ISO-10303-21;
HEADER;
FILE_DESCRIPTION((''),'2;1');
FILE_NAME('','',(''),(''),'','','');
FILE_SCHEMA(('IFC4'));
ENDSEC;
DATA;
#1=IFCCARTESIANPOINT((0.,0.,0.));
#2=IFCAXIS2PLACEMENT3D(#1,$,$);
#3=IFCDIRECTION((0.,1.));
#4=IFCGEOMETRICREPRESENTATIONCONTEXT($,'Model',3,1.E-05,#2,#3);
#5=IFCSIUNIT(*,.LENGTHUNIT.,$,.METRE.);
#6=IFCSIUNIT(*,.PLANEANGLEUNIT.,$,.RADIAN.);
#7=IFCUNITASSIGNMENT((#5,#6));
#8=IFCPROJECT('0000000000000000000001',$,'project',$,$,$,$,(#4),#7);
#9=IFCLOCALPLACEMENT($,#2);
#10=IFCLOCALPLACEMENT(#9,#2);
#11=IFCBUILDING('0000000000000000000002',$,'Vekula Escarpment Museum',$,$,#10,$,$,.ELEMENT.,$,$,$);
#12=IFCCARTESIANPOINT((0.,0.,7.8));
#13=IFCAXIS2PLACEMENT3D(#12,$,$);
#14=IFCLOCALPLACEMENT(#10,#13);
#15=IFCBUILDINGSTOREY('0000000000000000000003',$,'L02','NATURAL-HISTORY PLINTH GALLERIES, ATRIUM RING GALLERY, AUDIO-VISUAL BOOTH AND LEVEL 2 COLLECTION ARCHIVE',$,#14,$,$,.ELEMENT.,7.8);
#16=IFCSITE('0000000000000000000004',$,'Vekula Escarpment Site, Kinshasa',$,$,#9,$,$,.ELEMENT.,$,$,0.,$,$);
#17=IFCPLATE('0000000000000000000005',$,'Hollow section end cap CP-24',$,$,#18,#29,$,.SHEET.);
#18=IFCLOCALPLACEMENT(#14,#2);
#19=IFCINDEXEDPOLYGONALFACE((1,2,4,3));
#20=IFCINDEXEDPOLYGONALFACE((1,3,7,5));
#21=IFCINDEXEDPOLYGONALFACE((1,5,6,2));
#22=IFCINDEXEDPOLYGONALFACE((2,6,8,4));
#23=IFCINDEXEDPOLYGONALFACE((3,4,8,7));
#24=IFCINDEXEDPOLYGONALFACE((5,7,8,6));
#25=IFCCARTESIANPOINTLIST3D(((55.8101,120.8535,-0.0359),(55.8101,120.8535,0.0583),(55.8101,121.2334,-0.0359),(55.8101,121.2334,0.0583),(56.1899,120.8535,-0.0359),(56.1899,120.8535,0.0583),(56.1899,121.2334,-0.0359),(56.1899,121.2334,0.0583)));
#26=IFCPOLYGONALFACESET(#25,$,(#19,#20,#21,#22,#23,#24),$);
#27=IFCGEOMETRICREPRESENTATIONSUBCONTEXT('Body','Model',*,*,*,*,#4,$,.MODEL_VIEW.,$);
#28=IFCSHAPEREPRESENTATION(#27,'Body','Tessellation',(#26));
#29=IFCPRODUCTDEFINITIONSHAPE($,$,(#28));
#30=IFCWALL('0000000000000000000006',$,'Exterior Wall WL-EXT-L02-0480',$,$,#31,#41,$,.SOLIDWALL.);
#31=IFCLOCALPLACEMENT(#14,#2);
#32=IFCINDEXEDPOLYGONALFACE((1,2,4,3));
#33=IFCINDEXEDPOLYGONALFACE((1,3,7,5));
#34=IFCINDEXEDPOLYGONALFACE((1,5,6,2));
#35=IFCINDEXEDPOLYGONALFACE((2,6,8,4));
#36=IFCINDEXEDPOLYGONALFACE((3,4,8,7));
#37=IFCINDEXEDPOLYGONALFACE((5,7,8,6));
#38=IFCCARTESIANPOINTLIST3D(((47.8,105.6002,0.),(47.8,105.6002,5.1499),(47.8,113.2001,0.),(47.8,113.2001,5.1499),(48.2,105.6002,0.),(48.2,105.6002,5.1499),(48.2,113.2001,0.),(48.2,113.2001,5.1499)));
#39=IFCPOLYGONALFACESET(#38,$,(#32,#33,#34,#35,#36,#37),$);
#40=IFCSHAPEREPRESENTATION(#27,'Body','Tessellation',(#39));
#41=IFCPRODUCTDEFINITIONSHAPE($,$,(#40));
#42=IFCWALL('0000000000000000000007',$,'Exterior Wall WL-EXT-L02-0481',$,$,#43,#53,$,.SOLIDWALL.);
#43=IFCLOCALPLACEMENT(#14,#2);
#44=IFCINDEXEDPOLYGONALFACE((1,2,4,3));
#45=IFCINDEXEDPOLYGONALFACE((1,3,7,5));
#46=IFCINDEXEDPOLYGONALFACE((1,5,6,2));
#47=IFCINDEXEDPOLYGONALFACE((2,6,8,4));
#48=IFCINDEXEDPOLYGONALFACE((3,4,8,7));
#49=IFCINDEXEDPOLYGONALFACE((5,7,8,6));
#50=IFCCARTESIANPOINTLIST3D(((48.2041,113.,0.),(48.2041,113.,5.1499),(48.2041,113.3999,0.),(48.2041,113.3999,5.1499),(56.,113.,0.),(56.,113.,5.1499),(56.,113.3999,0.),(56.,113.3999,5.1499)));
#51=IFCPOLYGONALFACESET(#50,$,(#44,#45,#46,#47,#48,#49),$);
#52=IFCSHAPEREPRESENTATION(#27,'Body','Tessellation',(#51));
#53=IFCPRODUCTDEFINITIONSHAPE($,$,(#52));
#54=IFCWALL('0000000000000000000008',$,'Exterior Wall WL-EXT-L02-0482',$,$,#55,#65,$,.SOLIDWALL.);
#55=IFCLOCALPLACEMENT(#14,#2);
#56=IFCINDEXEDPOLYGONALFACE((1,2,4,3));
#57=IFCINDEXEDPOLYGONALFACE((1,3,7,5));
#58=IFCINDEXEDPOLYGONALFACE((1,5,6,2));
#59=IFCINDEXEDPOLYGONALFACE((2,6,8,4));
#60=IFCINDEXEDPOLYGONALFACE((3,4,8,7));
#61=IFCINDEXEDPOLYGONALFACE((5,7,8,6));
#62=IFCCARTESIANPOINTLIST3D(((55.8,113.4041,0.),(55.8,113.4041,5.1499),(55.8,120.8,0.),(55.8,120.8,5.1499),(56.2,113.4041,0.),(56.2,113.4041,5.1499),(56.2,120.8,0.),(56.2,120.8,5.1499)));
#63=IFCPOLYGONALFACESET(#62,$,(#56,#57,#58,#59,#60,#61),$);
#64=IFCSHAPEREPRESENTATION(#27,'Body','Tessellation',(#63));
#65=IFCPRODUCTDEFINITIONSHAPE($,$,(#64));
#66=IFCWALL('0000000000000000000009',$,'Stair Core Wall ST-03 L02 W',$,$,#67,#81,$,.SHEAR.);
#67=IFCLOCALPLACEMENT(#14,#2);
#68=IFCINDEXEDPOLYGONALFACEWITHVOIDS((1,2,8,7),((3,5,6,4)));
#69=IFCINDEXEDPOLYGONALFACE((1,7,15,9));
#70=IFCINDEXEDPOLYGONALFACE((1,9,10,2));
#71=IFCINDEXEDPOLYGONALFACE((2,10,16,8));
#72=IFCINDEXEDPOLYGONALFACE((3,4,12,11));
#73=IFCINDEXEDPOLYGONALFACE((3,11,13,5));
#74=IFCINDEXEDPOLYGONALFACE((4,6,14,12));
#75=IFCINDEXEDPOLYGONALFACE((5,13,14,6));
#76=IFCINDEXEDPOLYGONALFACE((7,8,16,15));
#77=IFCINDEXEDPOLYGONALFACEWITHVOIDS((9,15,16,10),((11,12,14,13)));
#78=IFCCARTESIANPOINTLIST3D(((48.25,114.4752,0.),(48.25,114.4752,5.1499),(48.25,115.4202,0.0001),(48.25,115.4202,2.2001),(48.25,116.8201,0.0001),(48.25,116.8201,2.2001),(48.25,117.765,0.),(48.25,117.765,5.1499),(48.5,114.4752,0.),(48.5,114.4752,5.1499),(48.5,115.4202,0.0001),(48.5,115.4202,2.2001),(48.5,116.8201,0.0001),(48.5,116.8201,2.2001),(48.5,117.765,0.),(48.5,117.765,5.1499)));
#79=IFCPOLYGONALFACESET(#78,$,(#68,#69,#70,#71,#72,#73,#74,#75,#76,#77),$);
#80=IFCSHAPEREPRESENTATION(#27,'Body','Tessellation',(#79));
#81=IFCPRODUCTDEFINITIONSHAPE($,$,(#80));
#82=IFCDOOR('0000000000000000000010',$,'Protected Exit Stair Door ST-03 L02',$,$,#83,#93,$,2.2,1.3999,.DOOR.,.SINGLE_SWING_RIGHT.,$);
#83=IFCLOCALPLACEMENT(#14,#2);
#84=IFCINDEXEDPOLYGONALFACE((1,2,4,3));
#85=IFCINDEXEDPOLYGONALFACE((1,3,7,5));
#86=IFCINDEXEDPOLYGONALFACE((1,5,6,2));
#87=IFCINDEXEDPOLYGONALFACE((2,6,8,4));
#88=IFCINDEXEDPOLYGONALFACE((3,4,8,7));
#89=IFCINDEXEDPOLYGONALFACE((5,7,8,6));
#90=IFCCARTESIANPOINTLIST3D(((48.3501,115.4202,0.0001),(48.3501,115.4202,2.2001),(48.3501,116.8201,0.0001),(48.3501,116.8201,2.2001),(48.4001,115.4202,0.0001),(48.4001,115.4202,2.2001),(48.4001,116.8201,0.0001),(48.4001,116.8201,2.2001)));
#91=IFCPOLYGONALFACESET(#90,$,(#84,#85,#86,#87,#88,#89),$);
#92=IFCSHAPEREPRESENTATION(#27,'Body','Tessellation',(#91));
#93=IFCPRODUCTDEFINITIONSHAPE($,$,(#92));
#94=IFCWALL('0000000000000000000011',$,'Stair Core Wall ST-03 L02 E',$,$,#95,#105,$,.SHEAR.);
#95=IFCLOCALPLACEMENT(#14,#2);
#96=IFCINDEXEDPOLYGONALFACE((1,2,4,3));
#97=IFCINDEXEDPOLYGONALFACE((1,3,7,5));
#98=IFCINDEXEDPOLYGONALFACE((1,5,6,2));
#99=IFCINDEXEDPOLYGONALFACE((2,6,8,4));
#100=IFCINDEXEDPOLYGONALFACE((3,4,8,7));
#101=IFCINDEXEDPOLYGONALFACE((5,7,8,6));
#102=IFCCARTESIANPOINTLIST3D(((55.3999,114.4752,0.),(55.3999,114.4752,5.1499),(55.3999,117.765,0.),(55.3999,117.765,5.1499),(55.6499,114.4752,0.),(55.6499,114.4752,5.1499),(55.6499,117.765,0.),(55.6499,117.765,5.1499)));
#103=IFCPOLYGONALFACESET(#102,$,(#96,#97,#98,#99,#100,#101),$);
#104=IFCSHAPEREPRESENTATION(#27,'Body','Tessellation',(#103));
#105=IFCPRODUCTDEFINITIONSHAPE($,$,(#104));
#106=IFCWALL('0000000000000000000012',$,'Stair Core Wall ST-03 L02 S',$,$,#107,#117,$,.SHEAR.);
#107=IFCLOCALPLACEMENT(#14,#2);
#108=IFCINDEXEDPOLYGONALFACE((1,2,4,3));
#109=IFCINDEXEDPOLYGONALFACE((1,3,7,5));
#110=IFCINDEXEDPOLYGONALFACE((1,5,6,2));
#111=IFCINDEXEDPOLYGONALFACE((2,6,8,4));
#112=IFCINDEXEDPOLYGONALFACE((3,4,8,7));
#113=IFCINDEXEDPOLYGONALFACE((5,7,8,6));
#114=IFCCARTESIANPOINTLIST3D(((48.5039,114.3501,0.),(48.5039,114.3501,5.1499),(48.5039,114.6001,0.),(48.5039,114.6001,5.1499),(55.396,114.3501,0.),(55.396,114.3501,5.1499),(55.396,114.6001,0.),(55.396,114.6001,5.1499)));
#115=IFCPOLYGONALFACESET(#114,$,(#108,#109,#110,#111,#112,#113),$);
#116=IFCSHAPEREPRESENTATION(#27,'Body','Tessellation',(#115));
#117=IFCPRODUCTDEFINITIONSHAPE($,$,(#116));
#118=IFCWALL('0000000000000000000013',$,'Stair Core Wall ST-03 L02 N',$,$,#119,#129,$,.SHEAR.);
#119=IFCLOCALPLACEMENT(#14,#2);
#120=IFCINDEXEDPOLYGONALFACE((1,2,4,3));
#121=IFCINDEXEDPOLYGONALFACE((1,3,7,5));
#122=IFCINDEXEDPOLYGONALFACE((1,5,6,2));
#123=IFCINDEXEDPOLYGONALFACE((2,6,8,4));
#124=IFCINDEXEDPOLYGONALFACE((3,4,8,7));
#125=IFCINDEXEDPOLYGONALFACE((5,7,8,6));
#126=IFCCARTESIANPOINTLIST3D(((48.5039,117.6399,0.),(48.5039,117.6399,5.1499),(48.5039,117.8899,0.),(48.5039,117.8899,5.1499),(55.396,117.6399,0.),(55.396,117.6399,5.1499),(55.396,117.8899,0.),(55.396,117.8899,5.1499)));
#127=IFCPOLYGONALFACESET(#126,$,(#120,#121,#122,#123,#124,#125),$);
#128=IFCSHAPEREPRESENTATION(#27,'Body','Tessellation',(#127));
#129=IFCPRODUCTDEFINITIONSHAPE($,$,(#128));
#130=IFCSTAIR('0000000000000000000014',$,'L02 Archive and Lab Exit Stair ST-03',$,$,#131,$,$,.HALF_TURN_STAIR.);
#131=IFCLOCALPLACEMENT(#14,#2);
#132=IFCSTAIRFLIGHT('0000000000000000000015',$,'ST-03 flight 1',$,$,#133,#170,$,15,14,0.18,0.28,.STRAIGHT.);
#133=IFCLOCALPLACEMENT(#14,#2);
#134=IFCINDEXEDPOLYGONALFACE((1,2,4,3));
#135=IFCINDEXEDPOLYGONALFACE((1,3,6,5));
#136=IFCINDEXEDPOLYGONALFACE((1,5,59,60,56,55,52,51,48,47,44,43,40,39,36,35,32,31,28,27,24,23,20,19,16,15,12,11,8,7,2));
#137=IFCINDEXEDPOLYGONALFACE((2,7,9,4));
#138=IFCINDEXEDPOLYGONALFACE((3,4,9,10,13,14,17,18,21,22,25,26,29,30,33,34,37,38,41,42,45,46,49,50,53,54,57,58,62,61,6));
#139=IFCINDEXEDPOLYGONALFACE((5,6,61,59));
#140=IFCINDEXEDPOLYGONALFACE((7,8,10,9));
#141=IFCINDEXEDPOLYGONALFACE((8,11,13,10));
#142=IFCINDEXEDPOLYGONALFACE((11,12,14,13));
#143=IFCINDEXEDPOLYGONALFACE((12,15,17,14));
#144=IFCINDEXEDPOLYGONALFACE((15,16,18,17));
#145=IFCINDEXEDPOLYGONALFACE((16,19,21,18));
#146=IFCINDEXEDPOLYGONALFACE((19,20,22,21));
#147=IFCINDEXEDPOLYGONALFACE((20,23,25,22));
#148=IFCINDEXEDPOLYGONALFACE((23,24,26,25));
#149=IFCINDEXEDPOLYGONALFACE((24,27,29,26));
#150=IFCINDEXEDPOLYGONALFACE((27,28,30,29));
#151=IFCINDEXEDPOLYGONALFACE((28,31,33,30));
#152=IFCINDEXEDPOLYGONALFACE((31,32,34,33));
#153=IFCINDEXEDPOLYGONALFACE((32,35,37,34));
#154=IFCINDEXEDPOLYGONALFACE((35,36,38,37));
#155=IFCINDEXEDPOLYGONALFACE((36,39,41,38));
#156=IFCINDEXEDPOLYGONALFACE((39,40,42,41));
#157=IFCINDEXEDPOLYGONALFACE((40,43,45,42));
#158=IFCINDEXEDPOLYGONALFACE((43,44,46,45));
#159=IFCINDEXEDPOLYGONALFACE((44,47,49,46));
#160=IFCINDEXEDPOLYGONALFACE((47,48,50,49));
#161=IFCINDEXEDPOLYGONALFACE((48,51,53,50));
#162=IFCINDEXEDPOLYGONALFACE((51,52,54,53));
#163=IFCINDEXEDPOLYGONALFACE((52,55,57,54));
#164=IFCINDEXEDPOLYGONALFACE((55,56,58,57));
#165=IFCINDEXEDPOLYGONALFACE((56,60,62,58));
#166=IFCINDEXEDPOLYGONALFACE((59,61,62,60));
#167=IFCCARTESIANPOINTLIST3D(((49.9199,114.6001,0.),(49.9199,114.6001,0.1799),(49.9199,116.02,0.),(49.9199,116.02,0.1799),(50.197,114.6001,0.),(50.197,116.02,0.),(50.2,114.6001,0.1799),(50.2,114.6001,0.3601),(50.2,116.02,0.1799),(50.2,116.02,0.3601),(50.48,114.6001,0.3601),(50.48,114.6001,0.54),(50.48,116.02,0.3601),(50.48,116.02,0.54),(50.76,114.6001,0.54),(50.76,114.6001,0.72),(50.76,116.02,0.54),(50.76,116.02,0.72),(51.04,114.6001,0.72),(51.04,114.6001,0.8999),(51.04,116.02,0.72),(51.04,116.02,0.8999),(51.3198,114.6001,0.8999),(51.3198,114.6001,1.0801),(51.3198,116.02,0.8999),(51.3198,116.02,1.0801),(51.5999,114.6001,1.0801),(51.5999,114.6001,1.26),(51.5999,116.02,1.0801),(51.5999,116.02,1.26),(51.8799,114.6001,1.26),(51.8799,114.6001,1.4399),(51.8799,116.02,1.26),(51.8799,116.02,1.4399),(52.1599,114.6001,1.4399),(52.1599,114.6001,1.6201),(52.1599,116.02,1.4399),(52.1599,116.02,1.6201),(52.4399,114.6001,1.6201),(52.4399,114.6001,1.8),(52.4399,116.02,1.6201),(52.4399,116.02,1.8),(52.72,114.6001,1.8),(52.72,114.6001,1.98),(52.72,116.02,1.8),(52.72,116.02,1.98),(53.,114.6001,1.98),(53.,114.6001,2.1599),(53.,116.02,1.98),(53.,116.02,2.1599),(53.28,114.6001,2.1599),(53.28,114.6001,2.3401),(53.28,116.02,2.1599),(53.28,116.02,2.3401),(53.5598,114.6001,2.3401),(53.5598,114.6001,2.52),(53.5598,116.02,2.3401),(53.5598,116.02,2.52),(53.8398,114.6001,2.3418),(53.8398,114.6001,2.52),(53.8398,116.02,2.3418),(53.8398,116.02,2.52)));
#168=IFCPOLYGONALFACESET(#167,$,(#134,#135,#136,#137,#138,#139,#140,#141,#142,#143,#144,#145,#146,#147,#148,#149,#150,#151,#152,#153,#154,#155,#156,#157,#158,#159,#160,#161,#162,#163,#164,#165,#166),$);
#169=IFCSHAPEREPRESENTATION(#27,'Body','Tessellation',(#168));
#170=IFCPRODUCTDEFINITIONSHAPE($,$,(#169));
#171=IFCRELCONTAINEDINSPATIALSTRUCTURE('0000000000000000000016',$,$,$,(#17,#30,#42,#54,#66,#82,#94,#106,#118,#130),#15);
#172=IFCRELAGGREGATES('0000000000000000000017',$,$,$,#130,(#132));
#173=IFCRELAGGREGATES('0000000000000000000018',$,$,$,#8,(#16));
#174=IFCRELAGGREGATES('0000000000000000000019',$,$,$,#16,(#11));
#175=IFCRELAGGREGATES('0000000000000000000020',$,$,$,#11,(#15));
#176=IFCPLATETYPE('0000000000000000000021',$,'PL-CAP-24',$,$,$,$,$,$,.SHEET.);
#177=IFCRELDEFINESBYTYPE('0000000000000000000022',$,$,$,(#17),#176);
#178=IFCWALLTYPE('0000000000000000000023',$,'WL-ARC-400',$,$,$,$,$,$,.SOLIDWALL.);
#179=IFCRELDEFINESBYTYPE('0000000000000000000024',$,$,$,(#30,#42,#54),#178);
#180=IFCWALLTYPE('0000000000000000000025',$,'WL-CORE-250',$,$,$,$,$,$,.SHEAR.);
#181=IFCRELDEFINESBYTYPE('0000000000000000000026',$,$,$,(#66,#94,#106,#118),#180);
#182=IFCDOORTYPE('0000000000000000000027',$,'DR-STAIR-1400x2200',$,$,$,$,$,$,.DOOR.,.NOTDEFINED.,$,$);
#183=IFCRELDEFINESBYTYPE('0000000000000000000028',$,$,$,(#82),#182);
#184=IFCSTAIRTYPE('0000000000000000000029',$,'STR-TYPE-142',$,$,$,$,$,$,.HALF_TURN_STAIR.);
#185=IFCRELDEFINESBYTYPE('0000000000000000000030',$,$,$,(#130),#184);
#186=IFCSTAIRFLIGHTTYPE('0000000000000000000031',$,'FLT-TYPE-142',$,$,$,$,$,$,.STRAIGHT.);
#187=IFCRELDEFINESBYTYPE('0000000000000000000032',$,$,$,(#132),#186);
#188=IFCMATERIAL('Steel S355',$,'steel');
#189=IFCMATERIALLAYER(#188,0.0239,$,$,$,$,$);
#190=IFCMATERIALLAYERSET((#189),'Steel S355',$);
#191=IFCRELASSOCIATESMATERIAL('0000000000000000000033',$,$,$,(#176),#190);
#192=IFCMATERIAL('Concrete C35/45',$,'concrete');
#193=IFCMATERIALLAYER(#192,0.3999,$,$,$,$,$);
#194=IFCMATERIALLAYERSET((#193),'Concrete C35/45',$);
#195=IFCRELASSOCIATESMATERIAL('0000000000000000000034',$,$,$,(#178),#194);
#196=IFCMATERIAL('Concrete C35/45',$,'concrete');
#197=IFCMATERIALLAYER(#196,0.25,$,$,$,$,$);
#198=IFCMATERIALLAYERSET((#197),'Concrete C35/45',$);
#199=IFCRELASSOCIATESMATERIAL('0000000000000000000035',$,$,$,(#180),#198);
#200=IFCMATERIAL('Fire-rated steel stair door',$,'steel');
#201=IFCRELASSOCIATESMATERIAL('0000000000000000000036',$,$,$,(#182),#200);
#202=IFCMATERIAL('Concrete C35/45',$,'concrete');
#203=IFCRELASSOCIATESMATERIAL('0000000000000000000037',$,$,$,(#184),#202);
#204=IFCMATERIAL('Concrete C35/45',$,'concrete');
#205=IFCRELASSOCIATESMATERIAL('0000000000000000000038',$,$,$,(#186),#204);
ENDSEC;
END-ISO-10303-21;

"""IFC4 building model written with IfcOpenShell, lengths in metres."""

from ifc_helpers import new_model, si_unit, direction, frame, frame_2d, origin, origin_2d, place, context, subcontext, project, spatial, polyline, rectangle, outline, extrude, material, layer, layer_set, type_object, element, fill, aggregate, save


model = new_model("IFC4")

# Units and contexts
model_context = context("Model", 3, precision=1e-05, world=origin(), true_north=direction((0.0, 1.0)))
body_context = subcontext(model_context, "Body", "Model", "MODEL_VIEW")
ifc_project = project(units=[si_unit("LENGTHUNIT", "METRE"), si_unit("PLANEANGLEUNIT", "RADIAN")], contexts=[model_context])

# Site, building, storey
site_placement = place(None, origin())
site = spatial("IfcSite", under=ifc_project, at=site_placement, Name="Vekula Escarpment Site, Kinshasa", CompositionType="ELEMENT", RefElevation=0.0)
building_placement = place(site_placement, origin())
building = spatial("IfcBuilding", under=site, at=building_placement, Name="Vekula Escarpment Museum", CompositionType="ELEMENT")
storey_placement = place(building_placement, frame((0.0, 0.0, 7.8)))
storey = spatial("IfcBuildingStorey", under=building, at=storey_placement, Name="L02", Description="NATURAL-HISTORY PLINTH GALLERIES, ATRIUM RING GALLERY, AUDIO-VISUAL BOOTH AND LEVEL 2 COLLECTION ARCHIVE", CompositionType="ELEMENT", Elevation=7.8)

# Plate
ifc_material_1 = material(Name="Steel S355", Category="steel")
ifc_layer_1 = layer(ifc_material_1, 0.0239)
ifc_layer_set_1 = layer_set([ifc_layer_1], Name="Steel S355")
plate_type = type_object("IfcPlateType", Name="PL-CAP-24", PredefinedType="SHEET", material=ifc_layer_set_1)
plate_placement = place(storey_placement, frame((56.0, 121.0435, -0.0359), z_axis=(0.0, 0.0, 1.0), x_axis=(1.0, 0.0, 0.0)))
element("IfcPlate", 1, at=plate_placement, inside=storey, type_object=plate_type, Name="Hollow section end cap CP-24", PredefinedType="SHEET", context=body_context, shape_type="SweptSolid", body=[
    extrude(rectangle(XDim=0.3799, YDim=0.3799, at=origin_2d()), origin(), (0.0, 0.0, 1.0), 0.0942),
])

# Walls
ifc_material_2 = material(Name="Concrete C35/45", Category="concrete")
ifc_layer_2 = layer(ifc_material_2, 0.3999)
ifc_layer_set_2 = layer_set([ifc_layer_2], Name="Concrete C35/45")
wall_type_1 = type_object("IfcWallType", Name="WL-ARC-400", PredefinedType="SOLIDWALL", material=ifc_layer_set_2)
wall_1_placement = place(storey_placement, frame((48.0, 113.2, 0.0), z_axis=(0.0, 0.0, 1.0), x_axis=(0.0, -1.0, 0.0)))
element("IfcWall", 2, at=wall_1_placement, inside=storey, type_object=wall_type_1, Name="Exterior Wall WL-EXT-L02-0480", PredefinedType="SOLIDWALL", context=body_context, shape_type="SweptSolid", body=[
    extrude(rectangle(XDim=7.5999, YDim=0.3999, at=frame_2d((3.7998, 0.0))), origin(), (0.0, 0.0, 1.0), 5.1499),
])
wall_2_placement = place(storey_placement, frame((56.0, 113.2, 0.0), z_axis=(0.0, 0.0, 1.0), x_axis=(-1.0, 0.0, 0.0)))
element("IfcWall", 3, at=wall_2_placement, inside=storey, type_object=wall_type_1, Name="Exterior Wall WL-EXT-L02-0481", PredefinedType="SOLIDWALL", context=body_context, shape_type="SweptSolid", body=[
    extrude(rectangle(XDim=7.7959, YDim=0.3999, at=frame_2d((3.8979, 0.0))), origin(), (0.0, 0.0, 1.0), 5.1499),
])
wall_3_placement = place(storey_placement, frame((56.0, 120.8, 0.0), z_axis=(0.0, 0.0, 1.0), x_axis=(0.0, -1.0, 0.0)))
element("IfcWall", 4, at=wall_3_placement, inside=storey, type_object=wall_type_1, Name="Exterior Wall WL-EXT-L02-0482", PredefinedType="SOLIDWALL", context=body_context, shape_type="SweptSolid", body=[
    extrude(rectangle(XDim=7.396, YDim=0.3999, at=frame_2d((3.698, 0.0))), origin(), (0.0, 0.0, 1.0), 5.1499),
])

# Wall, opening, door
ifc_material_3 = material(Name="Concrete C35/45", Category="concrete")
ifc_layer_3 = layer(ifc_material_3, 0.25)
ifc_layer_set_3 = layer_set([ifc_layer_3], Name="Concrete C35/45")
wall_type_2 = type_object("IfcWallType", Name="WL-CORE-250", PredefinedType="SHEAR", material=ifc_layer_set_3)
wall_4_placement = place(storey_placement, frame((48.375, 114.4751, 0.0), z_axis=(0.0, 0.0, 1.0), x_axis=(0.0, 1.0, 0.0)))
wall_4 = element("IfcWall", 5, at=wall_4_placement, inside=storey, type_object=wall_type_2, Name="Stair Core Wall ST-03 L02 W", PredefinedType="SHEAR", context=body_context, shape_type="SweptSolid", body=[
    extrude(rectangle(XDim=3.2898, YDim=0.25, at=frame_2d((1.645, 0.0))), origin(), (0.0, 0.0, 1.0), 5.1499),
])
opening_placement = place(wall_4_placement, frame((0.9451, 0.0, 0.0)))
opening = element("IfcOpeningElement", 6, at=opening_placement, cuts=wall_4, PredefinedType="OPENING", context=body_context, shape_type="SweptSolid", body=[
    extrude(rectangle(XDim=1.3999, YDim=2.2, at=frame_2d((0.7, 1.1001))), frame((0.0, 0.135, 0.0), z_axis=(0.0, -1.0, 0.0), x_axis=(1.0, 0.0, 0.0)), (0.0, 0.0, 1.0), 0.27),
])
ifc_material_4 = material(Name="Fire-rated steel stair door", Category="steel")
door_type = type_object("IfcDoorType", Name="DR-STAIR-1400x2200", OperationType="NOTDEFINED", PredefinedType="DOOR", material=ifc_material_4)
door_placement = place(opening_placement, origin())
door = element("IfcDoor", 7, at=door_placement, inside=storey, type_object=door_type, Name="Protected Exit Stair Door ST-03 L02", OperationType="SINGLE_SWING_RIGHT", OverallHeight=2.2, OverallWidth=1.3999, PredefinedType="DOOR", context=body_context, shape_type="SweptSolid", body=[
    extrude(rectangle(XDim=1.3999, YDim=2.2, at=frame_2d((0.7, 1.1001))), frame((0.0, 0.0249, 0.0), z_axis=(0.0, -1.0, 0.0), x_axis=(1.0, 0.0, 0.0)), (0.0, 0.0, 1.0), 0.05),
])
fill(opening, door)

# Walls
wall_5_placement = place(storey_placement, frame((55.5249, 114.4751, 0.0), z_axis=(0.0, 0.0, 1.0), x_axis=(0.0, 1.0, 0.0)))
element("IfcWall", 8, at=wall_5_placement, inside=storey, type_object=wall_type_2, Name="Stair Core Wall ST-03 L02 E", PredefinedType="SHEAR", context=body_context, shape_type="SweptSolid", body=[
    extrude(rectangle(XDim=3.2898, YDim=0.25, at=frame_2d((1.645, 0.0))), origin(), (0.0, 0.0, 1.0), 5.1499),
])
for number, where, z_axis, x_axis, name in (
    (9, (48.5039, 114.4751, 0.0), (0.0, 0.0, 1.0), (1.0, 0.0, 0.0), "Stair Core Wall ST-03 L02 S"),
    (10, (48.5039, 117.7649, 0.0), (0.0, 0.0, 1.0), (1.0, 0.0, 0.0), "Stair Core Wall ST-03 L02 N"),
):
    element("IfcWall", number, at=place(storey_placement, frame(where, z_axis=z_axis, x_axis=x_axis)), inside=storey, type_object=wall_type_2, Name=name, PredefinedType="SHEAR", context=body_context, shape_type="SweptSolid", body=[
        extrude(rectangle(XDim=6.8921, YDim=0.25, at=frame_2d((3.446, 0.0))), origin(), (0.0, 0.0, 1.0), 5.1499),
    ])

# Stair, stair flight
ifc_material_5 = material(Name="Concrete C35/45", Category="concrete")
stair_type = type_object("IfcStairType", Name="STR-TYPE-142", PredefinedType="HALF_TURN_STAIR", material=ifc_material_5)
stair_placement = place(storey_placement, origin())
stair = element("IfcStair", 11, at=stair_placement, inside=storey, type_object=stair_type, Name="L02 Archive and Lab Exit Stair ST-03", PredefinedType="HALF_TURN_STAIR")
ifc_material_6 = material(Name="Concrete C35/45", Category="concrete")
stair_flight_type = type_object("IfcStairFlightType", Name="FLT-TYPE-142", PredefinedType="STRAIGHT", material=ifc_material_6)
stair_flight_1_placement = place(storey_placement, frame((49.9199, 115.3101, 0.0), z_axis=(0.0, 0.0, 1.0), x_axis=(1.0, 0.0, 0.0)))
stair_flight_1 = element("IfcStairFlight", 12, at=stair_flight_1_placement, type_object=stair_flight_type, Name="ST-03 flight 1", NumberOfRisers=15, NumberOfTreads=14, PredefinedType="STRAIGHT", RiserHeight=0.18, TreadLength=0.28, context=body_context, shape_type="SweptSolid", body=[
    extrude(outline(polyline([(0.0, 0.0), (0.0, 0.1799), (0.28, 0.1799), (0.28, 0.3601), (0.5601, 0.3601), (0.5601, 0.54), (0.8401, 0.54), (0.8401, 0.72), (1.1201, 0.72), (1.1201, 0.8999), (1.3999, 0.8999), (1.3999, 1.0801), (1.6799, 1.0801), (1.6799, 1.26), (1.96, 1.26), (1.96, 1.4399), (2.24, 1.4399), (2.24, 1.6201), (2.52, 1.6201), (2.52, 1.8), (2.8, 1.8), (2.8, 1.98), (3.0801, 1.98), (3.0801, 2.1599), (3.3601, 2.1599), (3.3601, 2.3401), (3.6399, 2.3401), (3.6399, 2.52), (3.9199, 2.52), (3.9199, 2.7), (3.9199, 2.3418), (0.2771, 0.0), (0.0, 0.0)])), frame((0.0, 0.71, 0.0), z_axis=(0.0, -1.0, 0.0), x_axis=(1.0, 0.0, 0.0)), (0.0, 0.0, 1.0), 1.4199),
])
aggregate(stair, [stair_flight_1])

save(model, "model.ifc")
